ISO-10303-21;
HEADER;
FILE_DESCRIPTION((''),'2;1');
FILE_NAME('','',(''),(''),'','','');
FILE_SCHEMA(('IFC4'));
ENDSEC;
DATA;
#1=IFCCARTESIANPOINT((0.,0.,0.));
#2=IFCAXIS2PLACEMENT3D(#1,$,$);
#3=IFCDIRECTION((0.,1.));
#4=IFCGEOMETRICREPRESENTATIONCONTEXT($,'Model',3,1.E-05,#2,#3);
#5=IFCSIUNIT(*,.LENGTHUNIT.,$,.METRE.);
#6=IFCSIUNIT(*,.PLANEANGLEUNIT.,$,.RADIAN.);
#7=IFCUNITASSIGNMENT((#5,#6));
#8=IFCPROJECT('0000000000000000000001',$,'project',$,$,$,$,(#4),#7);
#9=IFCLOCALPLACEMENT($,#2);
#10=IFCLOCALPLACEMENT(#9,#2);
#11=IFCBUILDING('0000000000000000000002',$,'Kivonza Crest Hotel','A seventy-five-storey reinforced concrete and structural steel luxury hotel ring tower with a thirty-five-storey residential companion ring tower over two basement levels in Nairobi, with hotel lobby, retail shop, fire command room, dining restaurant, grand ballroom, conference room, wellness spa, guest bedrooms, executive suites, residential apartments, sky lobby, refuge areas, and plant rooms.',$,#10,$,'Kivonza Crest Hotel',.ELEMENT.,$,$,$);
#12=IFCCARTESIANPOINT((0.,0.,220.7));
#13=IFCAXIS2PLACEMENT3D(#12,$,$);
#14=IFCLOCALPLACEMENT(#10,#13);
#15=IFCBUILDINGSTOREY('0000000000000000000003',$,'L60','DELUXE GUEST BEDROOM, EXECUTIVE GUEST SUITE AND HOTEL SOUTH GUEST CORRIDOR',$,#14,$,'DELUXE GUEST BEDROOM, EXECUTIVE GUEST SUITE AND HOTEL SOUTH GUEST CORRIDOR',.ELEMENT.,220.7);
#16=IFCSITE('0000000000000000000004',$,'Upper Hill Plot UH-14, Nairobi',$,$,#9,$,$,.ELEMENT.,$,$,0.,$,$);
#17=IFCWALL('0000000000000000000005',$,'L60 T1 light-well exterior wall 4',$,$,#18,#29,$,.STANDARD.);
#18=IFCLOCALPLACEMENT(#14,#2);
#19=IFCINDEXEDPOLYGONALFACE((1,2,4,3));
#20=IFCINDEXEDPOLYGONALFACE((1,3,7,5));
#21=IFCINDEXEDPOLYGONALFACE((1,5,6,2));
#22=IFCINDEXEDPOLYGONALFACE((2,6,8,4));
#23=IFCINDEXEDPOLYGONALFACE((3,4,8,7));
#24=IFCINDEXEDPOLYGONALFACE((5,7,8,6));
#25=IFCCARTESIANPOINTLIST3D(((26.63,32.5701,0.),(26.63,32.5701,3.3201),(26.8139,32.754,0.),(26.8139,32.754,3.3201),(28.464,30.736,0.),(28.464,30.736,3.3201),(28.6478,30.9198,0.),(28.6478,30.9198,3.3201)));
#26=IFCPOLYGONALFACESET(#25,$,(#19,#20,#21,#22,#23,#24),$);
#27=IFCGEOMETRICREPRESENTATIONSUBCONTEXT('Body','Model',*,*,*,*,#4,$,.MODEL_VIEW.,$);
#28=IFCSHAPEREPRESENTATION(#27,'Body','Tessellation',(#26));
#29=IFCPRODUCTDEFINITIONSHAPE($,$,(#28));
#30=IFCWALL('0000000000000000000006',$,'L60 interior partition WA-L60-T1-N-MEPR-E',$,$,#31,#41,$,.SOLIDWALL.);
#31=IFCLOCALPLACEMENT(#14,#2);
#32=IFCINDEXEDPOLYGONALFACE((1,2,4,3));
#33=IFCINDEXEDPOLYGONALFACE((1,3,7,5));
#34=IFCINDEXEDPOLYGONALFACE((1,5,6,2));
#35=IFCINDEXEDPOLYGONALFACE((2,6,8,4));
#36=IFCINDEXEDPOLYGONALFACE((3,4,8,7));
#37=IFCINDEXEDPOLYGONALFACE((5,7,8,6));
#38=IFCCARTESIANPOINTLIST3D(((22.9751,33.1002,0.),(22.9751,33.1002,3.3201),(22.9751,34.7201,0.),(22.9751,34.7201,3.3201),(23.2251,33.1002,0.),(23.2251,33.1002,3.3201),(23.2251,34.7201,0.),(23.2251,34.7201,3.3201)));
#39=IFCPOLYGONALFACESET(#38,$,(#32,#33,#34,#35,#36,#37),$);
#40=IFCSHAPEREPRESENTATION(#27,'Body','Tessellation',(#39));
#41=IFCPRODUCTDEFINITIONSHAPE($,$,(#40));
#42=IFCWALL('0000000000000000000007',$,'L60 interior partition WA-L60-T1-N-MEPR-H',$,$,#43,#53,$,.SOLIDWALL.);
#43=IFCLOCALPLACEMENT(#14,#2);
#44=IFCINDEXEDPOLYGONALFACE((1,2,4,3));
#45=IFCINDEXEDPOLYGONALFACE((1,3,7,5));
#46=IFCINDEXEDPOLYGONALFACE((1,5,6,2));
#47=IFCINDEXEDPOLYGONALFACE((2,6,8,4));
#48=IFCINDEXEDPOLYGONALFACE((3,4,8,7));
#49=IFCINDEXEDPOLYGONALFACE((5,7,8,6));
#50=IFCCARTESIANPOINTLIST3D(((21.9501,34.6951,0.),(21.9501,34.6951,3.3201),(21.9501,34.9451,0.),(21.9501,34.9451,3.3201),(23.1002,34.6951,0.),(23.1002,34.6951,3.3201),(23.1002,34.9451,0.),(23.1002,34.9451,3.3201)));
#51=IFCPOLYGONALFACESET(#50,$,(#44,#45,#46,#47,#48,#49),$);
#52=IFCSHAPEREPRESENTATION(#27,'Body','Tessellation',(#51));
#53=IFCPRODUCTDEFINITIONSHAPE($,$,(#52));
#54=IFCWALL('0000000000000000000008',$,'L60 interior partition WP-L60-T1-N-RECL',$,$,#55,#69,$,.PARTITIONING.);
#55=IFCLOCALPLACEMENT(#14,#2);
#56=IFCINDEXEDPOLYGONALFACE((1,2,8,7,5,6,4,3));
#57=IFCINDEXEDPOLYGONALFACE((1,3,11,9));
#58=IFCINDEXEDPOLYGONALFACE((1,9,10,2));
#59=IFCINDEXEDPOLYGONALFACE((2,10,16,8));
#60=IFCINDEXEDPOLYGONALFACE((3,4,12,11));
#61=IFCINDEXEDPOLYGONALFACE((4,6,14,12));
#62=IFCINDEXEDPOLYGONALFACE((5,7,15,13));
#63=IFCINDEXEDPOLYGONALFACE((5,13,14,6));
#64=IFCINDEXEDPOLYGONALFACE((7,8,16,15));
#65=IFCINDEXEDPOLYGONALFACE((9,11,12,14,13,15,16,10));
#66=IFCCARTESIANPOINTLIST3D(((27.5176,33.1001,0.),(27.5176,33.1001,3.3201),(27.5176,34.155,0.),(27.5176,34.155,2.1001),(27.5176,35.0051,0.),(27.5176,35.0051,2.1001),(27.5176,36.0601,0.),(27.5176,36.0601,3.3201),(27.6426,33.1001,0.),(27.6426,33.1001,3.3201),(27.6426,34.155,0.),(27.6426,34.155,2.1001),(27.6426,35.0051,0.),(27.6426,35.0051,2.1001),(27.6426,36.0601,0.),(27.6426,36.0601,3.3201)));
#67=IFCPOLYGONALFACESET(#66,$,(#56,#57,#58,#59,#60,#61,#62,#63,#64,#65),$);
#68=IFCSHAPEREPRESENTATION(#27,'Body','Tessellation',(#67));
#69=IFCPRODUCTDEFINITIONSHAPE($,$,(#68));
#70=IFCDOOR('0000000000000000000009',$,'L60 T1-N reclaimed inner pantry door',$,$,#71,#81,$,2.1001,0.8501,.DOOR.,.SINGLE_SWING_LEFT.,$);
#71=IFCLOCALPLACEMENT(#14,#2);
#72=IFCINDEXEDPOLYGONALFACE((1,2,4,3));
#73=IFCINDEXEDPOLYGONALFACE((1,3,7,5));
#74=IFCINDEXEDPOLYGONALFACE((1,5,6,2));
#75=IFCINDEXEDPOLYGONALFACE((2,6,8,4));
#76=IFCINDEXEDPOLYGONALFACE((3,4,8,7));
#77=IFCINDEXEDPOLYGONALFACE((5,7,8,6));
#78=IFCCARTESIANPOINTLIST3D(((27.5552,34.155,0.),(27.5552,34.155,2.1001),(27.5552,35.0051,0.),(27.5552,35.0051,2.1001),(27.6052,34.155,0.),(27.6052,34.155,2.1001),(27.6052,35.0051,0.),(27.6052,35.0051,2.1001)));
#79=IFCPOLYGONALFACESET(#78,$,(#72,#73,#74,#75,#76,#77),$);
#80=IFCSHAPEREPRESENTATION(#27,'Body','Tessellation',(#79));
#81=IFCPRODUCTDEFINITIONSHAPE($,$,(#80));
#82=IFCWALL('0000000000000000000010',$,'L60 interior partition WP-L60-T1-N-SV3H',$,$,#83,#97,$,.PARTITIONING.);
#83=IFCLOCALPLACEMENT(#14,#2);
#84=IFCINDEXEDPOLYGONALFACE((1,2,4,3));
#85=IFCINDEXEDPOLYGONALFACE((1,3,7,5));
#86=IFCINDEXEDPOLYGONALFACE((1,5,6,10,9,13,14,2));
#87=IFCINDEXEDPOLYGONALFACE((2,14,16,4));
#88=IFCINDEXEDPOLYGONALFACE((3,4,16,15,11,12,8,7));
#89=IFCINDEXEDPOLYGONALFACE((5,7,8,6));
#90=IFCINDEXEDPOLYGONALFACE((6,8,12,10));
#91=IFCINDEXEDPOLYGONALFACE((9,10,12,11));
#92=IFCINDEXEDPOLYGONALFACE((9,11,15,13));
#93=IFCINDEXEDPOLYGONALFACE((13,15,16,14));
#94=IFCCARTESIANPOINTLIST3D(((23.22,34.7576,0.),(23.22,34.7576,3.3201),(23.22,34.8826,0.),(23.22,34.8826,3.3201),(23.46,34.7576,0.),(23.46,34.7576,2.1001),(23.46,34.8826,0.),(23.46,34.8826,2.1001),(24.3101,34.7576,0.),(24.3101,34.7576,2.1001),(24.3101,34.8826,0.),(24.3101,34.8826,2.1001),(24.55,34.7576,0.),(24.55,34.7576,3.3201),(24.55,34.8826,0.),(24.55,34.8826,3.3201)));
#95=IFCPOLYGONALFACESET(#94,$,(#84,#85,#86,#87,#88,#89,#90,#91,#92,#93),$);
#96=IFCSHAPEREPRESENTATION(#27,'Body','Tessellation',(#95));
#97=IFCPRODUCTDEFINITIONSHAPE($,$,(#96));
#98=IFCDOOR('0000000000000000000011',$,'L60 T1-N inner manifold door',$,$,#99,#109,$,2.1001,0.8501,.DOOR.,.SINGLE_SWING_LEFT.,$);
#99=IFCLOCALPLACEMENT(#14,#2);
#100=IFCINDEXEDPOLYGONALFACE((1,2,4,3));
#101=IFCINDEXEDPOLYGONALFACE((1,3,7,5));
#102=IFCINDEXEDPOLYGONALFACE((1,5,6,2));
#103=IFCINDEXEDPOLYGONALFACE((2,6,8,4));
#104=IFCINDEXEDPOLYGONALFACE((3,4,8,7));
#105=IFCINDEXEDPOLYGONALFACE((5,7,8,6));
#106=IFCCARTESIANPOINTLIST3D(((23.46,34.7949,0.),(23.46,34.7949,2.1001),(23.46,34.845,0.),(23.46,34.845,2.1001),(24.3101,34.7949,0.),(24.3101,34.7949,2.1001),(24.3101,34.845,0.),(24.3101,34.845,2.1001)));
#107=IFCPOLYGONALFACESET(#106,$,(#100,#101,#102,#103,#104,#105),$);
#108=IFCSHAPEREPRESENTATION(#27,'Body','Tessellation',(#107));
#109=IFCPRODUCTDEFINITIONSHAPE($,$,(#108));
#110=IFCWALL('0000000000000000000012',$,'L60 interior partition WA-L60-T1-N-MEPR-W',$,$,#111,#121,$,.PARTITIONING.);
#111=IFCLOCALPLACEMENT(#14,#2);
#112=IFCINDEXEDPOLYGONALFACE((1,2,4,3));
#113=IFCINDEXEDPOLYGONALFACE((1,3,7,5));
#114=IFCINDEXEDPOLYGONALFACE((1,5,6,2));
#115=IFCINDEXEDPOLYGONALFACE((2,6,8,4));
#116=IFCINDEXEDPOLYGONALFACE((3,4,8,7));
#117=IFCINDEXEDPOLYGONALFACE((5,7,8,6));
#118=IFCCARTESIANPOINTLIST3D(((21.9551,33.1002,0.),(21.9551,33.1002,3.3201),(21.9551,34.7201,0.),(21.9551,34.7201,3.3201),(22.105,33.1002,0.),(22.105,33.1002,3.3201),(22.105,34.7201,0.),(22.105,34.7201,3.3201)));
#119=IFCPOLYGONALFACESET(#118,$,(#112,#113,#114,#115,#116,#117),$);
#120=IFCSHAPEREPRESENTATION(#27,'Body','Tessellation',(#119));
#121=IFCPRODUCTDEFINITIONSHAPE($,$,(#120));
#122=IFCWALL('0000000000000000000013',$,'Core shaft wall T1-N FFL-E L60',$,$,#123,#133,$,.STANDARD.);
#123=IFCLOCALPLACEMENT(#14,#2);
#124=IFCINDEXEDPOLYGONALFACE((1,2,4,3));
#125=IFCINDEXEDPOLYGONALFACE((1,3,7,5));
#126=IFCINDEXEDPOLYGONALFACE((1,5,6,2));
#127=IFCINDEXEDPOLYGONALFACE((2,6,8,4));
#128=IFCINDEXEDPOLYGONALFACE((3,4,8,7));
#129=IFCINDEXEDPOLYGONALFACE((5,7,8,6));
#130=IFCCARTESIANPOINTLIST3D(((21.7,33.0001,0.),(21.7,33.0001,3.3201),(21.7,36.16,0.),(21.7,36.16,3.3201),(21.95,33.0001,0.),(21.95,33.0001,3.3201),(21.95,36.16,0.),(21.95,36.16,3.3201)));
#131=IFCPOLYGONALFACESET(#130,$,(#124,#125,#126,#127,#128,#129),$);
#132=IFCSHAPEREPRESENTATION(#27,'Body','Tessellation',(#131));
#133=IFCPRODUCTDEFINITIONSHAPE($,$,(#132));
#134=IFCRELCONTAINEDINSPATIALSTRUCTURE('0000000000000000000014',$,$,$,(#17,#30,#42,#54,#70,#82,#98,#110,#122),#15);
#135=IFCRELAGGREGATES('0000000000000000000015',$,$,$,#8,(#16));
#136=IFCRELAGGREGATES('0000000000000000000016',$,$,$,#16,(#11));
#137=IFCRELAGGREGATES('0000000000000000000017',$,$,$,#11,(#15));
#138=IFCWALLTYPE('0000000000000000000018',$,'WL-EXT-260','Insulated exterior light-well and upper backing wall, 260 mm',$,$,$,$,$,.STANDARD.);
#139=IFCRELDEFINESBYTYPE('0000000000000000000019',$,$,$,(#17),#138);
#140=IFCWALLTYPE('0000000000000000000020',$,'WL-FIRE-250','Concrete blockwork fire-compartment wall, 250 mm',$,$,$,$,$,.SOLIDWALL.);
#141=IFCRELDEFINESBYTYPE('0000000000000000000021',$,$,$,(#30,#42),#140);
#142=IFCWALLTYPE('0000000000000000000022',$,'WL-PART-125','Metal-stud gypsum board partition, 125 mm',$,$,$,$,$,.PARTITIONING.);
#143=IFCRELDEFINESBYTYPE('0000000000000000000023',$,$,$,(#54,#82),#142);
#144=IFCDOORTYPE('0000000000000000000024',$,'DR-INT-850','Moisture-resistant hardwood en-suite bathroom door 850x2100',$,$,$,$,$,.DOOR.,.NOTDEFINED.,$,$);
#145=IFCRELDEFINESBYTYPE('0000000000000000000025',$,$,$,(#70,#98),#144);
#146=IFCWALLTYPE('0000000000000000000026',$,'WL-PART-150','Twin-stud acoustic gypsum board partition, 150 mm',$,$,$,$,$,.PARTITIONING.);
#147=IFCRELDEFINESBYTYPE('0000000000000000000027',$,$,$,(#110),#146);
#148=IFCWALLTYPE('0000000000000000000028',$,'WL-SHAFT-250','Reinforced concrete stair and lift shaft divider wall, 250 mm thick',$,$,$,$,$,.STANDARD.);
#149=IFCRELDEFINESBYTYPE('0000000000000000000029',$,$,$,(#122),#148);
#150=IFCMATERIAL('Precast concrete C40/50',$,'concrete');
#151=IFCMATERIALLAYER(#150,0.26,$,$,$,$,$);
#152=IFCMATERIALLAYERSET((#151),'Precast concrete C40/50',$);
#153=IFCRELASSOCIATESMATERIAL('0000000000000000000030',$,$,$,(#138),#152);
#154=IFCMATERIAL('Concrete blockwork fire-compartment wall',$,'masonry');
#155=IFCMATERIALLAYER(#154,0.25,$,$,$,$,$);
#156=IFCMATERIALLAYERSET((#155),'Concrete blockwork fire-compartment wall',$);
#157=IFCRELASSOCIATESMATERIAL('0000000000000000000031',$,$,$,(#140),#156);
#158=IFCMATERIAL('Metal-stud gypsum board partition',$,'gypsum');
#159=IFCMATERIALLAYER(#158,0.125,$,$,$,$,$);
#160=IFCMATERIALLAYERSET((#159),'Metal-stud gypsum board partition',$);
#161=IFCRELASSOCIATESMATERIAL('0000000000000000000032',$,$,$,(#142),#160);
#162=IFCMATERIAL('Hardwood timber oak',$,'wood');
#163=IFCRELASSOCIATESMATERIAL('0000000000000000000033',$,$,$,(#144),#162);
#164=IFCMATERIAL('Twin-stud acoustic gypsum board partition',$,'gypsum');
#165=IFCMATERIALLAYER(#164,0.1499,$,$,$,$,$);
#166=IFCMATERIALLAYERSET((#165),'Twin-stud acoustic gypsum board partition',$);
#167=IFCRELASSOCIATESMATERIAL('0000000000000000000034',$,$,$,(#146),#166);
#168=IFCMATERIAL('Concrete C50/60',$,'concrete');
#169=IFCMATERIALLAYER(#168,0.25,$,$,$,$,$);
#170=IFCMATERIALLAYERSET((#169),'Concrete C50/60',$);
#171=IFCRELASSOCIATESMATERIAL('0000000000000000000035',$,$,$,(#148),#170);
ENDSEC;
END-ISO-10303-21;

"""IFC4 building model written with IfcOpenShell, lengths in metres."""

from ifc_helpers import new_model, si_unit, direction, frame, frame_2d, origin, place, context, subcontext, project, spatial, rectangle, extrude, material, layer, layer_set, type_object, element, fill, save


model = new_model("IFC4")

# Units and contexts
model_context = context("Model", 3, precision=1e-05, world=origin(), true_north=direction((0.0, 1.0)))
body_context = subcontext(model_context, "Body", "Model", "MODEL_VIEW")
ifc_project = project(units=[si_unit("LENGTHUNIT", "METRE"), si_unit("PLANEANGLEUNIT", "RADIAN")], contexts=[model_context])

# Site, building, storey
site_placement = place(None, origin())
site = spatial("IfcSite", under=ifc_project, at=site_placement, Name="Upper Hill Plot UH-14, Nairobi", CompositionType="ELEMENT", RefElevation=0.0)
building_placement = place(site_placement, origin())
building = spatial("IfcBuilding", under=site, at=building_placement, Name="Kivonza Crest Hotel", Description="A seventy-five-storey reinforced concrete and structural steel luxury hotel ring tower with a thirty-five-storey residential companion ring tower over two basement levels in Nairobi, with hotel lobby, retail shop, fire command room, dining restaurant, grand ballroom, conference room, wellness spa, guest bedrooms, executive suites, residential apartments, sky lobby, refuge areas, and plant rooms.", LongName="Kivonza Crest Hotel", CompositionType="ELEMENT")
storey_placement = place(building_placement, frame((0.0, 0.0, 220.7)))
storey = spatial("IfcBuildingStorey", under=building, at=storey_placement, Name="L60", Description="DELUXE GUEST BEDROOM, EXECUTIVE GUEST SUITE AND HOTEL SOUTH GUEST CORRIDOR", LongName="DELUXE GUEST BEDROOM, EXECUTIVE GUEST SUITE AND HOTEL SOUTH GUEST CORRIDOR", CompositionType="ELEMENT", Elevation=220.7)

# Shared definitions
ifc_material_1 = material(Name="Concrete C50/60", Category="concrete")

# Walls
ifc_material_2 = material(Name="Precast concrete C40/50", Category="concrete")
ifc_layer_1 = layer(ifc_material_2, 0.26)
ifc_layer_set_1 = layer_set([ifc_layer_1], Name="Precast concrete C40/50")
wall_type_1 = type_object("IfcWallType", Name="WL-EXT-260", Description="Insulated exterior light-well and upper backing wall, 260 mm", PredefinedType="STANDARD", material=ifc_layer_set_1)
wall_1_placement = place(storey_placement, frame((28.5559, 30.8279, 0.0), z_axis=(0.0, 0.0, 1.0), x_axis=(-0.70706, 0.707154, 0.0)))
element("IfcWall", 1, at=wall_1_placement, inside=storey, type_object=wall_type_1, Name="L60 T1 light-well exterior wall 4", PredefinedType="STANDARD", context=body_context, shape_type="SweptSolid", body=[
    extrude(rectangle(XDim=2.5938, YDim=0.26, at=frame_2d((1.2969, 0.0))), origin(), (0.0, 0.0, 1.0), 3.3201),
])
ifc_material_3 = material(Name="Concrete blockwork fire-compartment wall", Category="masonry")
ifc_layer_2 = layer(ifc_material_3, 0.25)
ifc_layer_set_2 = layer_set([ifc_layer_2], Name="Concrete blockwork fire-compartment wall")
wall_type_2 = type_object("IfcWallType", Name="WL-FIRE-250", Description="Concrete blockwork fire-compartment wall, 250 mm", PredefinedType="SOLIDWALL", material=ifc_layer_set_2)
wall_2_placement = place(storey_placement, frame((23.1001, 33.1001, 0.0), z_axis=(0.0, 0.0, 1.0), x_axis=(0.0, 1.0, 0.0)))
element("IfcWall", 2, at=wall_2_placement, inside=storey, type_object=wall_type_2, Name="L60 interior partition WA-L60-T1-N-MEPR-E", PredefinedType="SOLIDWALL", context=body_context, shape_type="SweptSolid", body=[
    extrude(rectangle(XDim=1.6199, YDim=0.25, at=frame_2d((0.8101, 0.0))), origin(), (0.0, 0.0, 1.0), 3.3201),
])
wall_3_placement = place(storey_placement, frame((21.95, 34.8201, 0.0), z_axis=(0.0, 0.0, 1.0), x_axis=(1.0, 0.0, 0.0)))
element("IfcWall", 3, at=wall_3_placement, inside=storey, type_object=wall_type_2, Name="L60 interior partition WA-L60-T1-N-MEPR-H", PredefinedType="SOLIDWALL", context=body_context, shape_type="SweptSolid", body=[
    extrude(rectangle(XDim=1.1501, YDim=0.25, at=frame_2d((0.5752, 0.0))), origin(), (0.0, 0.0, 1.0), 3.3201),
])

# Walls, openings, doors
ifc_material_4 = material(Name="Metal-stud gypsum board partition", Category="gypsum")
ifc_layer_3 = layer(ifc_material_4, 0.125)
ifc_layer_set_3 = layer_set([ifc_layer_3], Name="Metal-stud gypsum board partition")
wall_type_3 = type_object("IfcWallType", Name="WL-PART-125", Description="Metal-stud gypsum board partition, 125 mm", PredefinedType="PARTITIONING", material=ifc_layer_set_3)
wall_4_placement = place(storey_placement, frame((27.5801, 33.1001, 0.0), z_axis=(0.0, 0.0, 1.0), x_axis=(0.0, 1.0, 0.0)))
wall_4 = element("IfcWall", 4, at=wall_4_placement, inside=storey, type_object=wall_type_3, Name="L60 interior partition WP-L60-T1-N-RECL", PredefinedType="PARTITIONING", context=body_context, shape_type="SweptSolid", body=[
    extrude(rectangle(XDim=2.96, YDim=0.125, at=frame_2d((1.48, 0.0))), origin(), (0.0, 0.0, 1.0), 3.3201),
])
opening_1_placement = place(wall_4_placement, frame((1.0549, 0.0, 0.0)))
opening_1 = element("IfcOpeningElement", 5, at=opening_1_placement, cuts=wall_4, PredefinedType="OPENING", context=body_context, shape_type="SweptSolid", body=[
    extrude(rectangle(XDim=0.8501, YDim=2.1001, at=frame_2d((0.425, 1.05))), frame((0.0, 0.0725, 0.0), z_axis=(0.0, -1.0, 0.0), x_axis=(1.0, 0.0, 0.0)), (0.0, 0.0, 1.0), 0.145),
])
ifc_material_5 = material(Name="Hardwood timber oak", Category="wood")
door_type_1 = type_object("IfcDoorType", Name="DR-INT-850", Description="Moisture-resistant hardwood en-suite bathroom door 850x2100", OperationType="NOTDEFINED", PredefinedType="DOOR", material=ifc_material_5)
door_1_placement = place(opening_1_placement, origin())
door_1 = element("IfcDoor", 6, at=door_1_placement, inside=storey, type_object=door_type_1, Name="L60 T1-N reclaimed inner pantry door", OperationType="SINGLE_SWING_LEFT", OverallHeight=2.1001, OverallWidth=0.8501, PredefinedType="DOOR", context=body_context, shape_type="SweptSolid", body=[
    extrude(rectangle(XDim=0.8501, YDim=2.1001, at=frame_2d((0.425, 1.05))), frame((0.0, 0.0249, 0.0), z_axis=(0.0, -1.0, 0.0), x_axis=(1.0, 0.0, 0.0)), (0.0, 0.0, 1.0), 0.05),
])
fill(opening_1, door_1)
wall_5_placement = place(storey_placement, frame((23.22, 34.8201, 0.0), z_axis=(0.0, 0.0, 1.0), x_axis=(1.0, 0.0, 0.0)))
wall_5 = element("IfcWall", 7, at=wall_5_placement, inside=storey, type_object=wall_type_3, Name="L60 interior partition WP-L60-T1-N-SV3H", PredefinedType="PARTITIONING", context=body_context, shape_type="SweptSolid", body=[
    extrude(rectangle(XDim=1.3301, YDim=0.125, at=frame_2d((0.665, 0.0))), origin(), (0.0, 0.0, 1.0), 3.3201),
])
opening_2_placement = place(wall_5_placement, frame((0.24, 0.0, 0.0)))
opening_2 = element("IfcOpeningElement", 8, at=opening_2_placement, cuts=wall_5, PredefinedType="OPENING", context=body_context, shape_type="SweptSolid", body=[
    extrude(rectangle(XDim=0.8501, YDim=2.1001, at=frame_2d((0.425, 1.05))), frame((0.0, 0.0725, 0.0), z_axis=(0.0, -1.0, 0.0), x_axis=(1.0, 0.0, 0.0)), (0.0, 0.0, 1.0), 0.145),
])
door_2_placement = place(opening_2_placement, origin())
door_2 = element("IfcDoor", 9, at=door_2_placement, inside=storey, type_object=door_type_1, Name="L60 T1-N inner manifold door", OperationType="SINGLE_SWING_LEFT", OverallHeight=2.1001, OverallWidth=0.8501, PredefinedType="DOOR", context=body_context, shape_type="SweptSolid", body=[
    extrude(rectangle(XDim=0.8501, YDim=2.1001, at=frame_2d((0.425, 1.05))), frame((0.0, 0.0249, 0.0), z_axis=(0.0, -1.0, 0.0), x_axis=(1.0, 0.0, 0.0)), (0.0, 0.0, 1.0), 0.05),
])
fill(opening_2, door_2)

# Wall
ifc_material_6 = material(Name="Twin-stud acoustic gypsum board partition", Category="gypsum")
ifc_layer_4 = layer(ifc_material_6, 0.1499)
ifc_layer_set_4 = layer_set([ifc_layer_4], Name="Twin-stud acoustic gypsum board partition")
wall_type_4 = type_object("IfcWallType", Name="WL-PART-150", Description="Twin-stud acoustic gypsum board partition, 150 mm", PredefinedType="PARTITIONING", material=ifc_layer_set_4)
wall_6_placement = place(storey_placement, frame((22.03, 33.1001, 0.0), z_axis=(0.0, 0.0, 1.0), x_axis=(0.0, 1.0, 0.0)))
element("IfcWall", 10, at=wall_6_placement, inside=storey, type_object=wall_type_4, Name="L60 interior partition WA-L60-T1-N-MEPR-W", PredefinedType="PARTITIONING", context=body_context, shape_type="SweptSolid", body=[
    extrude(rectangle(XDim=1.6199, YDim=0.1499, at=frame_2d((0.8101, 0.0))), origin(), (0.0, 0.0, 1.0), 3.3201),
])

# Shared definitions
ifc_layer_5 = layer(ifc_material_1, 0.25)
ifc_layer_set_5 = layer_set([ifc_layer_5], Name="Concrete C50/60")
wall_type_5 = type_object("IfcWallType", Name="WL-SHAFT-250", Description="Reinforced concrete stair and lift shaft divider wall, 250 mm thick", PredefinedType="STANDARD", material=ifc_layer_set_5)

# Wall
wall_7_placement = place(storey_placement, frame((21.825, 33.0, 0.0), z_axis=(0.0, 0.0, 1.0), x_axis=(0.0, 1.0, 0.0)))
element("IfcWall", 11, at=wall_7_placement, inside=storey, type_object=wall_type_5, Name="Core shaft wall T1-N FFL-E L60", PredefinedType="STANDARD", context=body_context, shape_type="SweptSolid", body=[
    extrude(rectangle(XDim=3.1599, YDim=0.25, at=frame_2d((1.5801, 0.0))), origin(), (0.0, 0.0, 1.0), 3.3201),
])

save(model, "model.ifc")
